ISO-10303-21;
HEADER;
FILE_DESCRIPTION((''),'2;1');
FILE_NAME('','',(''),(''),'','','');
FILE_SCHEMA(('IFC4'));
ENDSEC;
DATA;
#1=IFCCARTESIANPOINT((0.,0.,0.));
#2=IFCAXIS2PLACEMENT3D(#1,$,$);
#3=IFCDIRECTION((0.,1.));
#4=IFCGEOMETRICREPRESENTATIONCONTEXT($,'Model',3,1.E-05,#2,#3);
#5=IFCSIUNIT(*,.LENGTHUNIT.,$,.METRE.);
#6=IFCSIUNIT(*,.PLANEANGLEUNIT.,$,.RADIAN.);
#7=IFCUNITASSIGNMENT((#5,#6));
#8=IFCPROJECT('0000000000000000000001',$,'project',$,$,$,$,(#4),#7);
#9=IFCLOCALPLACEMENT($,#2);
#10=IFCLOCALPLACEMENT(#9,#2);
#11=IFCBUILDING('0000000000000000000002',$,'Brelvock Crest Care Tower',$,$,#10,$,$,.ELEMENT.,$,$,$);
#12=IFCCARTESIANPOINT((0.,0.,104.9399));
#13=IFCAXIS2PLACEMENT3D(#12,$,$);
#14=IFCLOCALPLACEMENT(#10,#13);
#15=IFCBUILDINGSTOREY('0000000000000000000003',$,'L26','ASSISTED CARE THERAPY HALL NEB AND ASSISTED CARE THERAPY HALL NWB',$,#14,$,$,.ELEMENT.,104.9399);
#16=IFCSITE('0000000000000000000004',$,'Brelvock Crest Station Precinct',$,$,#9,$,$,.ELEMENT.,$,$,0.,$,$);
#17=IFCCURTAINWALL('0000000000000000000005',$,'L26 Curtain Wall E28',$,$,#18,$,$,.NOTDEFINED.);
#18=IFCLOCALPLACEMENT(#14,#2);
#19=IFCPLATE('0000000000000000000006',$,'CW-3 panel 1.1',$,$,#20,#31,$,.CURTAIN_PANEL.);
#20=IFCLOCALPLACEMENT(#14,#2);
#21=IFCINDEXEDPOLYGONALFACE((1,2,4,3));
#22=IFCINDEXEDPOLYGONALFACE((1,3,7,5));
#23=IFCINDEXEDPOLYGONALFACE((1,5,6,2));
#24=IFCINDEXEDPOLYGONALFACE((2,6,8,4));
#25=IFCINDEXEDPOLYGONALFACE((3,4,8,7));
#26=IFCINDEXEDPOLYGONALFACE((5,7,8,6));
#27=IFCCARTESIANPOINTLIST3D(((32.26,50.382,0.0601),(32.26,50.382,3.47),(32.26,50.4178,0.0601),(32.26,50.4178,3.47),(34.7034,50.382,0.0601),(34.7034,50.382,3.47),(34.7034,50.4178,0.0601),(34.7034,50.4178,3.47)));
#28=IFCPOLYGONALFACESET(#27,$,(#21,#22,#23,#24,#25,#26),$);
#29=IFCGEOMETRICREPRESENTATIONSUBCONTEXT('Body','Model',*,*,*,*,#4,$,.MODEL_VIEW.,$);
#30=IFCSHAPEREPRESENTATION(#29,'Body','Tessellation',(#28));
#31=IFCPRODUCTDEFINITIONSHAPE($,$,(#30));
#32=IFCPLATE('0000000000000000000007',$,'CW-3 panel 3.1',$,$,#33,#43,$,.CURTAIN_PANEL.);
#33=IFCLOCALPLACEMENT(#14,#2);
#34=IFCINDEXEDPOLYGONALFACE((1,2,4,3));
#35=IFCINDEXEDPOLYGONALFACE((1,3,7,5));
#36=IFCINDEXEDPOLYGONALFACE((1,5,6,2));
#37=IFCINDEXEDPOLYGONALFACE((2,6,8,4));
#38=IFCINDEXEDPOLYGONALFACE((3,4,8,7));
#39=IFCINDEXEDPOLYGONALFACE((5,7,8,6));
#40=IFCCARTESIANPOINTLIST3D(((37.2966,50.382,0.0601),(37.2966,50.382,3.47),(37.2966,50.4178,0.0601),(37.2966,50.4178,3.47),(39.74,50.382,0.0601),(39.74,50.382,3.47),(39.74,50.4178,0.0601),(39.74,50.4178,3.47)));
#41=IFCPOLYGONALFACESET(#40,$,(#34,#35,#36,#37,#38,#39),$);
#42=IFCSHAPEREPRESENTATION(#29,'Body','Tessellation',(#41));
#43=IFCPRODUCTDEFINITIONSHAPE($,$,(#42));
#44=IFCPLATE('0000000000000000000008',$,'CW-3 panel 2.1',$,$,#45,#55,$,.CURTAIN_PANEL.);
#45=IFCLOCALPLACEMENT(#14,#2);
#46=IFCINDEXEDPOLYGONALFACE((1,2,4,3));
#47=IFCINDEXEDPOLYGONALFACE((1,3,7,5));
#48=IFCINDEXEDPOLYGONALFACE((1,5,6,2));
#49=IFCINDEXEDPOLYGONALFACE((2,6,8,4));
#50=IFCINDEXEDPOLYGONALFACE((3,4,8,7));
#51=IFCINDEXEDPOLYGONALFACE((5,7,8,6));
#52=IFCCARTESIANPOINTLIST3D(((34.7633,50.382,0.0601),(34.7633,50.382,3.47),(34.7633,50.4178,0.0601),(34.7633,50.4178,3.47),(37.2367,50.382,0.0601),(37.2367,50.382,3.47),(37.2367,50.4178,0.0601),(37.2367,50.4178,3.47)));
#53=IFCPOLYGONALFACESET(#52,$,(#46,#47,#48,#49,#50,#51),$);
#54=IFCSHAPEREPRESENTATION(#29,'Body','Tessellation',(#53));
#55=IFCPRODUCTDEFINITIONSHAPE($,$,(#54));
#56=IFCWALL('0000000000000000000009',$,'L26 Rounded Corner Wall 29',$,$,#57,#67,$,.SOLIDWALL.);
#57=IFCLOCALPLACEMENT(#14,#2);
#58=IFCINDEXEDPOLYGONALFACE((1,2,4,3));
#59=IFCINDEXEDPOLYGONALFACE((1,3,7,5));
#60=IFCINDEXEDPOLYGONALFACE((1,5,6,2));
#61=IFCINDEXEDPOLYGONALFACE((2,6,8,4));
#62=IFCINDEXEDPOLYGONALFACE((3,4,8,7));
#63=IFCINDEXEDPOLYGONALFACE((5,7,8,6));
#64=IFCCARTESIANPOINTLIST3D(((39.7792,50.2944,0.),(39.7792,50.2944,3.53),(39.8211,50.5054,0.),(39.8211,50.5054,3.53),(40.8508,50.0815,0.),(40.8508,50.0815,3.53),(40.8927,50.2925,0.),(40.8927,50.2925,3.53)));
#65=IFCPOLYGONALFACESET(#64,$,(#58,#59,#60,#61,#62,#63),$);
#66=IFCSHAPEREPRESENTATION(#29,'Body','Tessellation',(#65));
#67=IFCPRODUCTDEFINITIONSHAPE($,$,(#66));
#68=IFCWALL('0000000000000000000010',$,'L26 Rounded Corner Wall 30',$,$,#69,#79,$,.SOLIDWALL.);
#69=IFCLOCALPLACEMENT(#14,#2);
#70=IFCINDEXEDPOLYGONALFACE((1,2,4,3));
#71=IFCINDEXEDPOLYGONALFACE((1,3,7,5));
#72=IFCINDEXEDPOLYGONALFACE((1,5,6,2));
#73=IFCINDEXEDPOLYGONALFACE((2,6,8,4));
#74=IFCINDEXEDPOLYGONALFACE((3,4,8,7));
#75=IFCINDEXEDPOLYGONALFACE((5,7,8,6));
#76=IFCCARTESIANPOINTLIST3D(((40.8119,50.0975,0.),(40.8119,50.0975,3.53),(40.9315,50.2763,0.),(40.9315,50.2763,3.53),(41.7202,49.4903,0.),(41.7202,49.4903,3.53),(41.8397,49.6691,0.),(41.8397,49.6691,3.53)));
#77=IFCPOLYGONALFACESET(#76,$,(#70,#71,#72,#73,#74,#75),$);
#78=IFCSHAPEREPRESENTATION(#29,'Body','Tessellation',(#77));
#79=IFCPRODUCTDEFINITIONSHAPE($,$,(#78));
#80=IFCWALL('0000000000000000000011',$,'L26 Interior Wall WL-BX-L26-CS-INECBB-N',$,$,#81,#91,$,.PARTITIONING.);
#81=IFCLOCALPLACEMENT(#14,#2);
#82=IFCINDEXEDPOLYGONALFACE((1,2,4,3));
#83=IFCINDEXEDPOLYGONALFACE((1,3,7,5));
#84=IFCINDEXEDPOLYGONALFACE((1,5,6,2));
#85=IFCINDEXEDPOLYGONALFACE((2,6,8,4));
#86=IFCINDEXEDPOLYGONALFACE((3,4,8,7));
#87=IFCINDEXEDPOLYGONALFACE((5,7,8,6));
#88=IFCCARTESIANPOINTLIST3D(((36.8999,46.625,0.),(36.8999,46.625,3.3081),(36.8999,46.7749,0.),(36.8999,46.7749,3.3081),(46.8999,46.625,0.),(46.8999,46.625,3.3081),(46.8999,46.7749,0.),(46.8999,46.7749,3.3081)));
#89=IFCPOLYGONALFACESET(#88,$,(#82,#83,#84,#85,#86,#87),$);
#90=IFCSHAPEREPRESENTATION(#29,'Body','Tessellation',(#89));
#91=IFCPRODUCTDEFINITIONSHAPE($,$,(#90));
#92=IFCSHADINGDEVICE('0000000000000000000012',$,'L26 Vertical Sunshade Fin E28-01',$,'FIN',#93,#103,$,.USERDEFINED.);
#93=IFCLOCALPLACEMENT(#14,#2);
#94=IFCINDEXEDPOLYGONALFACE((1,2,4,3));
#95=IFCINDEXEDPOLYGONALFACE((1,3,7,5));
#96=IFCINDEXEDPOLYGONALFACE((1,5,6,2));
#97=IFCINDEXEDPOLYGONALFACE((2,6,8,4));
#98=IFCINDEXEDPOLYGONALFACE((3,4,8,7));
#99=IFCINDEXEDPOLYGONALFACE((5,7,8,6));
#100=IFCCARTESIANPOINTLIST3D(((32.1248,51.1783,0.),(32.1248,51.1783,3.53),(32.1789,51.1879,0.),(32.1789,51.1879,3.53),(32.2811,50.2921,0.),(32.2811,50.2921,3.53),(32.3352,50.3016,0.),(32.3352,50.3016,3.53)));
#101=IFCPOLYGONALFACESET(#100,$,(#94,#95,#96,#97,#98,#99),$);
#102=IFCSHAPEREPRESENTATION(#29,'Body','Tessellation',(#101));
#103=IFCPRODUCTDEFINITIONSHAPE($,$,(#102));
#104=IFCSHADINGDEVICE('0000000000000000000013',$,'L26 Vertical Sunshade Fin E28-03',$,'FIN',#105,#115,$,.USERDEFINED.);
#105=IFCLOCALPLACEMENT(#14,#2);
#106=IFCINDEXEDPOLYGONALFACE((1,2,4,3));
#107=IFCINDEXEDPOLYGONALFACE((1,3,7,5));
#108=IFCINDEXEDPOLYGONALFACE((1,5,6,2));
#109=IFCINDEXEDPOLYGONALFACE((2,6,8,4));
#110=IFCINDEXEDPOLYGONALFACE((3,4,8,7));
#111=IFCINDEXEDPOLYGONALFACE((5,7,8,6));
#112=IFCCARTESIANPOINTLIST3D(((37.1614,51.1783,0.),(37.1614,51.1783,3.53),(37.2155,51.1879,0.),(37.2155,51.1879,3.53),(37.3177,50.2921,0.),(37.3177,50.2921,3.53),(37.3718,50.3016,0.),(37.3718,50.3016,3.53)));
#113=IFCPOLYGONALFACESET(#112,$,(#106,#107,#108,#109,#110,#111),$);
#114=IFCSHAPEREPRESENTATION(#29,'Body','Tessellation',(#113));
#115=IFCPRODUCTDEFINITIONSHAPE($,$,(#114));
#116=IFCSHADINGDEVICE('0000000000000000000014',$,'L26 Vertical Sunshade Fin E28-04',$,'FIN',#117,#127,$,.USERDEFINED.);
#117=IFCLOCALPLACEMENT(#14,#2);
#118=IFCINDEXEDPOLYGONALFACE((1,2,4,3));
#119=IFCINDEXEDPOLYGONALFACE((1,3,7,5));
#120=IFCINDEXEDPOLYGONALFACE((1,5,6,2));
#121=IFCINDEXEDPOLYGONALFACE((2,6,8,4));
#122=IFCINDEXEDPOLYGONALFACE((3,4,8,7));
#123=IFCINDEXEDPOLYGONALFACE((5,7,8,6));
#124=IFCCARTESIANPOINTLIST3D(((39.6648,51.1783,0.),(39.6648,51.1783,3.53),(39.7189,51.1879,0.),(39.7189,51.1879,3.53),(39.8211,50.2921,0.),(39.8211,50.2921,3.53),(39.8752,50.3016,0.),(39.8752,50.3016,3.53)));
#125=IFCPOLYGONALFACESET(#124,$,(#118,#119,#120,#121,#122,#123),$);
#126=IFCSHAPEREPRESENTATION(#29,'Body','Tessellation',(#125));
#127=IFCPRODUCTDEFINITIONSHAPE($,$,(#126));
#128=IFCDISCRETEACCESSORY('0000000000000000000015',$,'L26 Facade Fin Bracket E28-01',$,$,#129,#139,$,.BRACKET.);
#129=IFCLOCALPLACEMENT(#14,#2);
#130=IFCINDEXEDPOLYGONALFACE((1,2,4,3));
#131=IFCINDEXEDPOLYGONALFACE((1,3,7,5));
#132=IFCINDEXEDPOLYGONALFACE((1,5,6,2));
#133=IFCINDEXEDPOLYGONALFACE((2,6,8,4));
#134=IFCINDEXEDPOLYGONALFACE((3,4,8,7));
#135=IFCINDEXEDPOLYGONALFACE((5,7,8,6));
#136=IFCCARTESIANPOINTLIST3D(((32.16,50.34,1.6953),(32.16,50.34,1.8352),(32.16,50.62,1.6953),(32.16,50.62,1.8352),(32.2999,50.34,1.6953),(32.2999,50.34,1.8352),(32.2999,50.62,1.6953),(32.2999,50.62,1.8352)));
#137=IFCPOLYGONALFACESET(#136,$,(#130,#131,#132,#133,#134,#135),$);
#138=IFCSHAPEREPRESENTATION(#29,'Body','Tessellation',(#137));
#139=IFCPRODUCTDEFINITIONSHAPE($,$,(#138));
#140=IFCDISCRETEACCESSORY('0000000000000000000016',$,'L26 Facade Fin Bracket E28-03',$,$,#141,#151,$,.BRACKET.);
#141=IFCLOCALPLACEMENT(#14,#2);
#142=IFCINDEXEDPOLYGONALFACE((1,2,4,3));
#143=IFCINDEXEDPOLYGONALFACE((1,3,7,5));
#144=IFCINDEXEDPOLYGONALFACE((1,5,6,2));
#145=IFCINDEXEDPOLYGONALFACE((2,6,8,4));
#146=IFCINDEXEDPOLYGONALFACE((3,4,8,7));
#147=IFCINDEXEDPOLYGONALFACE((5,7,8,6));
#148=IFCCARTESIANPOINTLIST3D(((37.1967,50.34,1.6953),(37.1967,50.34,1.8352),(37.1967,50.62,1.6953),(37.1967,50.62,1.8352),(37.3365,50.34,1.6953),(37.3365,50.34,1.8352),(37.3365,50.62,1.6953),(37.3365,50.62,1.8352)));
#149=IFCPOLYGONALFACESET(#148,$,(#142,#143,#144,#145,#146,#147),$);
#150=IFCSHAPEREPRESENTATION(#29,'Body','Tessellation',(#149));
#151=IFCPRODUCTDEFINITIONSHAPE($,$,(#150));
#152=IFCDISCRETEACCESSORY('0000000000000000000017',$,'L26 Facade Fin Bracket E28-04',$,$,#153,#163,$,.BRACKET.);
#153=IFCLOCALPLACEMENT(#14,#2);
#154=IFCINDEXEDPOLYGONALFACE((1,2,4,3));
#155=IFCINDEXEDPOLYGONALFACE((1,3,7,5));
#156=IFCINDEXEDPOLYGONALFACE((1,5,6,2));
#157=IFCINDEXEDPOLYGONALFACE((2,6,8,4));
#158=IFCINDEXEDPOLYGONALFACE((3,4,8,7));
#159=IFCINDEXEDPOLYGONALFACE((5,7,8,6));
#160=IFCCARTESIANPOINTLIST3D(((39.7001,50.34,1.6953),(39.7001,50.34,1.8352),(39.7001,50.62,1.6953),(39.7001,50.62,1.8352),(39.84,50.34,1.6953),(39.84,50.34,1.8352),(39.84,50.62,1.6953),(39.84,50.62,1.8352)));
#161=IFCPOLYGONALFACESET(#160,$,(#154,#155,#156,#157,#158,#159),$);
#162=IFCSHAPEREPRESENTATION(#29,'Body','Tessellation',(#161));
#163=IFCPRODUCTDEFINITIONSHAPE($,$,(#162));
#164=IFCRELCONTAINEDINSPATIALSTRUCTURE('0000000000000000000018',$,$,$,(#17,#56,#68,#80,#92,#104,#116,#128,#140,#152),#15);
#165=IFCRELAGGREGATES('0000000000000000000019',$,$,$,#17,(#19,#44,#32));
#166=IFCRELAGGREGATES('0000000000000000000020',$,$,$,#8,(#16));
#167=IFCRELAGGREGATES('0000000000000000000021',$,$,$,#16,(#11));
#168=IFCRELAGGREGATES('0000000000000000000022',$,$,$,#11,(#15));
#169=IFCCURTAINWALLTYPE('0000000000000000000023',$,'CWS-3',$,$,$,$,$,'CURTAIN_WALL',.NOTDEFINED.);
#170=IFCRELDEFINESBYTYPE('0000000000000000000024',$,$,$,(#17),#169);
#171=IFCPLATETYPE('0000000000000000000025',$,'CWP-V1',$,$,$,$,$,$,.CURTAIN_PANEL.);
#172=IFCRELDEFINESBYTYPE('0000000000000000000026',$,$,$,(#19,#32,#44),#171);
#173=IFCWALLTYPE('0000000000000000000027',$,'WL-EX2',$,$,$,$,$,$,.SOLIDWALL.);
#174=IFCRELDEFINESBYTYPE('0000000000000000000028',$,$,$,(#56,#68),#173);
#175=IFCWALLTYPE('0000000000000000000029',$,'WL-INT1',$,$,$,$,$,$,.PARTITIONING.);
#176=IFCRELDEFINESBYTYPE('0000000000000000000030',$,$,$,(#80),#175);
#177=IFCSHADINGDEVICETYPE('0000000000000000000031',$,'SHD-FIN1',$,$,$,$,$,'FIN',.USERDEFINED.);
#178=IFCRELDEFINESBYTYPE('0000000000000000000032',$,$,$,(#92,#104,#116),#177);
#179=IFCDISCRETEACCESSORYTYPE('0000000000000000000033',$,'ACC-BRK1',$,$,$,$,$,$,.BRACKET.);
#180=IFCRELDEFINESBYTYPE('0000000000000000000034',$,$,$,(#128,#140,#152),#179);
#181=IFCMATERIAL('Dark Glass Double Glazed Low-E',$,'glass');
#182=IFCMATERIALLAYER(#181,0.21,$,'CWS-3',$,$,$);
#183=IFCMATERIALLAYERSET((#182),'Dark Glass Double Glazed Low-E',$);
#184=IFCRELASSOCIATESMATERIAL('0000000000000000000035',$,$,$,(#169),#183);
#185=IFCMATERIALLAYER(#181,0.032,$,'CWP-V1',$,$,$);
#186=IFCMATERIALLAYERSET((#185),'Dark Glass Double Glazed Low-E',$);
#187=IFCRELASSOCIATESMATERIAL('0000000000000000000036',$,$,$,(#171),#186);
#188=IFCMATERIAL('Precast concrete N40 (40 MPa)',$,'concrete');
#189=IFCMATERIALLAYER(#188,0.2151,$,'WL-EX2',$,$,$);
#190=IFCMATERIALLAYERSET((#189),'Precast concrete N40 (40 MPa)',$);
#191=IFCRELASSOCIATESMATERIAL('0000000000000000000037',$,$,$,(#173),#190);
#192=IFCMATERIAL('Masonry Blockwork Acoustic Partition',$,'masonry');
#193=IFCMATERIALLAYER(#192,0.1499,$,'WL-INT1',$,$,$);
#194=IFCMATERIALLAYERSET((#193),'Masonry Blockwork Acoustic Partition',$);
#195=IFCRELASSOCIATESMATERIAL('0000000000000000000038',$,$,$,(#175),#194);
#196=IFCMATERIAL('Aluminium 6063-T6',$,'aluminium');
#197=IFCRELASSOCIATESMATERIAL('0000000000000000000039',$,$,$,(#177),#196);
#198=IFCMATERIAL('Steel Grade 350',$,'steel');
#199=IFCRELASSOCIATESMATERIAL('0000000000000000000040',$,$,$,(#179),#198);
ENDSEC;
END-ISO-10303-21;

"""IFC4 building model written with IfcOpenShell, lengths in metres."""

from ifc_helpers import new_model, si_unit, direction, frame, frame_2d, origin, origin_2d, place, context, subcontext, project, spatial, rectangle, extrude, source, transform, mapped, material, layer, layer_set, material_profile, profile_set, type_object, element, aggregate, save


model = new_model("IFC4")

# Units and contexts
model_context = context("Model", 3, precision=1e-05, world=origin(), true_north=direction((0.0, 1.0)))
body_context = subcontext(model_context, "Body", "Model", "MODEL_VIEW")
ifc_project = project(units=[si_unit("LENGTHUNIT", "METRE"), si_unit("PLANEANGLEUNIT", "RADIAN")], contexts=[model_context])

# Site, building, storey
site_placement = place(None, origin())
site = spatial("IfcSite", under=ifc_project, at=site_placement, Name="Brelvock Crest Station Precinct", CompositionType="ELEMENT", RefElevation=0.0)
building_placement = place(site_placement, origin())
building = spatial("IfcBuilding", under=site, at=building_placement, Name="Brelvock Crest Care Tower", CompositionType="ELEMENT")
storey_placement = place(building_placement, frame((0.0, 0.0, 104.9399)))
storey = spatial("IfcBuildingStorey", under=building, at=storey_placement, Name="L26", Description="ASSISTED CARE THERAPY HALL NEB AND ASSISTED CARE THERAPY HALL NWB", CompositionType="ELEMENT", Elevation=104.9399)

# Shared definitions
ifc_material_1 = material(Name="Steel Grade 350", Category="steel")

# Curtain wall, plates
ifc_material_2 = material(Name="Dark Glass Double Glazed Low-E", Category="glass")
ifc_layer_1 = layer(ifc_material_2, 0.21, Name="CWS-3")
ifc_layer_set_1 = layer_set([ifc_layer_1], Name="Dark Glass Double Glazed Low-E")
curtain_wall_type = type_object("IfcCurtainWallType", Name="CWS-3", ElementType="CURTAIN_WALL", PredefinedType="NOTDEFINED", material=ifc_layer_set_1)
curtain_wall_placement = place(storey_placement, origin())
curtain_wall = element("IfcCurtainWall", 1, at=curtain_wall_placement, inside=storey, type_object=curtain_wall_type, Name="L26 Curtain Wall E28", PredefinedType="NOTDEFINED")
ifc_material_3 = material(Name="Aluminium 6063-T6", Category="aluminium")
ifc_layer_2 = layer(ifc_material_2, 0.032, Name="CWP-V1")
ifc_layer_set_2 = layer_set([ifc_layer_2], Name="Dark Glass Double Glazed Low-E")
plate_type = type_object("IfcPlateType", Name="CWP-V1", PredefinedType="CURTAIN_PANEL", material=ifc_layer_set_2)
shared_shape_1 = source(origin(), body_context, "Body", "SweptSolid", [
    extrude(rectangle(XDim=2.4434, YDim=0.0359, at=origin_2d()), origin(), (0.0, 0.0, 1.0), 3.4099),
])
plate_1_placement = place(storey_placement, frame((33.4817, 50.3999, 0.0601), z_axis=(0.0, 0.0, 1.0), x_axis=(1.0, 0.0, 0.0)))
plate_1 = element("IfcPlate", 2, at=plate_1_placement, type_object=plate_type, Name="CW-3 panel 1.1", PredefinedType="CURTAIN_PANEL", context=body_context, shape_type="MappedRepresentation", body=[
    mapped(shared_shape_1, transform((0.0, 0.0, 0.0), x_axis=(1.0, 0.0, 0.0), y_axis=(0.0, 1.0, 0.0), z_axis=(0.0, 0.0, 1.0), scale=1.0)),
])
plate_2_placement = place(storey_placement, frame((38.5183, 50.3999, 0.0601), z_axis=(0.0, 0.0, 1.0), x_axis=(1.0, 0.0, 0.0)))
plate_2 = element("IfcPlate", 3, at=plate_2_placement, type_object=plate_type, Name="CW-3 panel 3.1", PredefinedType="CURTAIN_PANEL", context=body_context, shape_type="MappedRepresentation", body=[
    mapped(shared_shape_1, transform((0.0, 0.0, 0.0), x_axis=(1.0, 0.0, 0.0), y_axis=(0.0, 1.0, 0.0), z_axis=(0.0, 0.0, 1.0), scale=1.0)),
])
shared_shape_2 = source(origin(), body_context, "Body", "SweptSolid", [
    extrude(rectangle(XDim=2.4734, YDim=0.0359, at=origin_2d()), origin(), (0.0, 0.0, 1.0), 3.4099),
])
plate_3_placement = place(storey_placement, frame((36.0, 50.3999, 0.0601), z_axis=(0.0, 0.0, 1.0), x_axis=(1.0, 0.0, 0.0)))
plate_3 = element("IfcPlate", 4, at=plate_3_placement, type_object=plate_type, Name="CW-3 panel 2.1", PredefinedType="CURTAIN_PANEL", context=body_context, shape_type="MappedRepresentation", body=[
    mapped(shared_shape_2, transform((0.0, 0.0, 0.0), x_axis=(1.0, 0.0, 0.0), y_axis=(0.0, 1.0, 0.0), z_axis=(0.0, 0.0, 1.0), scale=1.0)),
])
aggregate(curtain_wall, [plate_1, plate_3, plate_2])

# Walls
ifc_material_4 = material(Name="Precast concrete N40 (40 MPa)", Category="concrete")
ifc_layer_3 = layer(ifc_material_4, 0.2151, Name="WL-EX2")
ifc_layer_set_3 = layer_set([ifc_layer_3], Name="Precast concrete N40 (40 MPa)")
wall_type_1 = type_object("IfcWallType", Name="WL-EX2", PredefinedType="SOLIDWALL", material=ifc_layer_set_3)
for number, where, z_axis, x_axis, name in (
    (5, (39.8, 50.3999, 0.0), (0.0, 0.0, 1.0), (0.980829, -0.19487, 0.0), "L26 Rounded Corner Wall 29"),
    (6, (40.8716, 50.187, 0.0), (0.0, 0.0, 1.0), (0.831328, -0.555783, 0.0), "L26 Rounded Corner Wall 30"),
):
    element("IfcWall", number, at=place(storey_placement, frame(where, z_axis=z_axis, x_axis=x_axis)), inside=storey, type_object=wall_type_1, Name=name, PredefinedType="SOLIDWALL", context=body_context, shape_type="SweptSolid", body=[
        extrude(rectangle(XDim=1.0925, YDim=0.2151, at=frame_2d((0.5464, 0.0))), origin(), (0.0, 0.0, 1.0), 3.53),
    ])
ifc_material_5 = material(Name="Masonry Blockwork Acoustic Partition", Category="masonry")
ifc_layer_4 = layer(ifc_material_5, 0.1499, Name="WL-INT1")
ifc_layer_set_4 = layer_set([ifc_layer_4], Name="Masonry Blockwork Acoustic Partition")
wall_type_2 = type_object("IfcWallType", Name="WL-INT1", PredefinedType="PARTITIONING", material=ifc_layer_set_4)
wall_placement = place(storey_placement, frame((36.8999, 46.7, 0.0), z_axis=(0.0, 0.0, 1.0), x_axis=(1.0, 0.0, 0.0)))
element("IfcWall", 7, at=wall_placement, inside=storey, type_object=wall_type_2, Name="L26 Interior Wall WL-BX-L26-CS-INECBB-N", PredefinedType="PARTITIONING", context=body_context, shape_type="SweptSolid", body=[
    extrude(rectangle(XDim=10.0, YDim=0.1499, at=frame_2d((5.0, 0.0))), origin(), (0.0, 0.0, 1.0), 3.3081),
])

# Shading devices
ifc_material_profile_1 = material_profile(ifc_material_3, rectangle(XDim=0.0549, YDim=0.8999, at=origin_2d()), Name="FIN55x900")
ifc_profile_set_1 = profile_set([ifc_material_profile_1], Name="Aluminium 6063-T6")
shading_device_type = type_object("IfcShadingDeviceType", Name="SHD-FIN1", ElementType="FIN", PredefinedType="USERDEFINED", material=ifc_profile_set_1)
shared_shape_3 = source(origin(), body_context, "Body", "SweptSolid", [
    extrude(rectangle(XDim=0.0549, YDim=0.8999, at=origin_2d()), origin(), (0.0, 0.0, 1.0), 3.53),
])
for number, where, z_axis, x_axis, name in (
    (8, (32.23, 50.74, 0.0), (0.0, 0.0, 1.0), (0.984808, 0.173648, 0.0), "L26 Vertical Sunshade Fin E28-01"),
    (9, (37.2666, 50.74, 0.0), (0.0, 0.0, 1.0), (0.984808, 0.173648, 0.0), "L26 Vertical Sunshade Fin E28-03"),
    (10, (39.77, 50.74, 0.0), (0.0, 0.0, 1.0), (0.984808, 0.173648, 0.0), "L26 Vertical Sunshade Fin E28-04"),
):
    element("IfcShadingDevice", number, at=place(storey_placement, frame(where, z_axis=z_axis, x_axis=x_axis)), inside=storey, type_object=shading_device_type, Name=name, ObjectType="FIN", PredefinedType="USERDEFINED", context=body_context, shape_type="MappedRepresentation", body=[
        mapped(shared_shape_3, transform((0.0, 0.0, 0.0), x_axis=(1.0, 0.0, 0.0), y_axis=(0.0, 1.0, 0.0), z_axis=(0.0, 0.0, 1.0), scale=1.0)),
    ])

# Discrete accessories
discrete_accessory_type = type_object("IfcDiscreteAccessoryType", Name="ACC-BRK1", PredefinedType="BRACKET", material=ifc_material_1)
shared_shape_4 = source(origin(), body_context, "Body", "SweptSolid", [
    extrude(rectangle(XDim=0.28, YDim=0.1399, at=origin_2d()), origin(), (0.0, 0.0, 1.0), 0.1399),
])
for number, where, z_axis, x_axis, name in (
    (11, (32.23, 50.48, 1.6953), (0.0, 0.0, 1.0), (0.0, 1.0, 0.0), "L26 Facade Fin Bracket E28-01"),
    (12, (37.2666, 50.48, 1.6953), (0.0, 0.0, 1.0), (0.0, 1.0, 0.0), "L26 Facade Fin Bracket E28-03"),
    (13, (39.77, 50.48, 1.6953), (0.0, 0.0, 1.0), (0.0, 1.0, 0.0), "L26 Facade Fin Bracket E28-04"),
):
    element("IfcDiscreteAccessory", number, at=place(storey_placement, frame(where, z_axis=z_axis, x_axis=x_axis)), inside=storey, type_object=discrete_accessory_type, Name=name, PredefinedType="BRACKET", context=body_context, shape_type="MappedRepresentation", body=[
        mapped(shared_shape_4, transform((0.0, 0.0, 0.0), x_axis=(1.0, 0.0, 0.0), y_axis=(0.0, 1.0, 0.0), z_axis=(0.0, 0.0, 1.0), scale=1.0)),
    ])

save(model, "model.ifc")
